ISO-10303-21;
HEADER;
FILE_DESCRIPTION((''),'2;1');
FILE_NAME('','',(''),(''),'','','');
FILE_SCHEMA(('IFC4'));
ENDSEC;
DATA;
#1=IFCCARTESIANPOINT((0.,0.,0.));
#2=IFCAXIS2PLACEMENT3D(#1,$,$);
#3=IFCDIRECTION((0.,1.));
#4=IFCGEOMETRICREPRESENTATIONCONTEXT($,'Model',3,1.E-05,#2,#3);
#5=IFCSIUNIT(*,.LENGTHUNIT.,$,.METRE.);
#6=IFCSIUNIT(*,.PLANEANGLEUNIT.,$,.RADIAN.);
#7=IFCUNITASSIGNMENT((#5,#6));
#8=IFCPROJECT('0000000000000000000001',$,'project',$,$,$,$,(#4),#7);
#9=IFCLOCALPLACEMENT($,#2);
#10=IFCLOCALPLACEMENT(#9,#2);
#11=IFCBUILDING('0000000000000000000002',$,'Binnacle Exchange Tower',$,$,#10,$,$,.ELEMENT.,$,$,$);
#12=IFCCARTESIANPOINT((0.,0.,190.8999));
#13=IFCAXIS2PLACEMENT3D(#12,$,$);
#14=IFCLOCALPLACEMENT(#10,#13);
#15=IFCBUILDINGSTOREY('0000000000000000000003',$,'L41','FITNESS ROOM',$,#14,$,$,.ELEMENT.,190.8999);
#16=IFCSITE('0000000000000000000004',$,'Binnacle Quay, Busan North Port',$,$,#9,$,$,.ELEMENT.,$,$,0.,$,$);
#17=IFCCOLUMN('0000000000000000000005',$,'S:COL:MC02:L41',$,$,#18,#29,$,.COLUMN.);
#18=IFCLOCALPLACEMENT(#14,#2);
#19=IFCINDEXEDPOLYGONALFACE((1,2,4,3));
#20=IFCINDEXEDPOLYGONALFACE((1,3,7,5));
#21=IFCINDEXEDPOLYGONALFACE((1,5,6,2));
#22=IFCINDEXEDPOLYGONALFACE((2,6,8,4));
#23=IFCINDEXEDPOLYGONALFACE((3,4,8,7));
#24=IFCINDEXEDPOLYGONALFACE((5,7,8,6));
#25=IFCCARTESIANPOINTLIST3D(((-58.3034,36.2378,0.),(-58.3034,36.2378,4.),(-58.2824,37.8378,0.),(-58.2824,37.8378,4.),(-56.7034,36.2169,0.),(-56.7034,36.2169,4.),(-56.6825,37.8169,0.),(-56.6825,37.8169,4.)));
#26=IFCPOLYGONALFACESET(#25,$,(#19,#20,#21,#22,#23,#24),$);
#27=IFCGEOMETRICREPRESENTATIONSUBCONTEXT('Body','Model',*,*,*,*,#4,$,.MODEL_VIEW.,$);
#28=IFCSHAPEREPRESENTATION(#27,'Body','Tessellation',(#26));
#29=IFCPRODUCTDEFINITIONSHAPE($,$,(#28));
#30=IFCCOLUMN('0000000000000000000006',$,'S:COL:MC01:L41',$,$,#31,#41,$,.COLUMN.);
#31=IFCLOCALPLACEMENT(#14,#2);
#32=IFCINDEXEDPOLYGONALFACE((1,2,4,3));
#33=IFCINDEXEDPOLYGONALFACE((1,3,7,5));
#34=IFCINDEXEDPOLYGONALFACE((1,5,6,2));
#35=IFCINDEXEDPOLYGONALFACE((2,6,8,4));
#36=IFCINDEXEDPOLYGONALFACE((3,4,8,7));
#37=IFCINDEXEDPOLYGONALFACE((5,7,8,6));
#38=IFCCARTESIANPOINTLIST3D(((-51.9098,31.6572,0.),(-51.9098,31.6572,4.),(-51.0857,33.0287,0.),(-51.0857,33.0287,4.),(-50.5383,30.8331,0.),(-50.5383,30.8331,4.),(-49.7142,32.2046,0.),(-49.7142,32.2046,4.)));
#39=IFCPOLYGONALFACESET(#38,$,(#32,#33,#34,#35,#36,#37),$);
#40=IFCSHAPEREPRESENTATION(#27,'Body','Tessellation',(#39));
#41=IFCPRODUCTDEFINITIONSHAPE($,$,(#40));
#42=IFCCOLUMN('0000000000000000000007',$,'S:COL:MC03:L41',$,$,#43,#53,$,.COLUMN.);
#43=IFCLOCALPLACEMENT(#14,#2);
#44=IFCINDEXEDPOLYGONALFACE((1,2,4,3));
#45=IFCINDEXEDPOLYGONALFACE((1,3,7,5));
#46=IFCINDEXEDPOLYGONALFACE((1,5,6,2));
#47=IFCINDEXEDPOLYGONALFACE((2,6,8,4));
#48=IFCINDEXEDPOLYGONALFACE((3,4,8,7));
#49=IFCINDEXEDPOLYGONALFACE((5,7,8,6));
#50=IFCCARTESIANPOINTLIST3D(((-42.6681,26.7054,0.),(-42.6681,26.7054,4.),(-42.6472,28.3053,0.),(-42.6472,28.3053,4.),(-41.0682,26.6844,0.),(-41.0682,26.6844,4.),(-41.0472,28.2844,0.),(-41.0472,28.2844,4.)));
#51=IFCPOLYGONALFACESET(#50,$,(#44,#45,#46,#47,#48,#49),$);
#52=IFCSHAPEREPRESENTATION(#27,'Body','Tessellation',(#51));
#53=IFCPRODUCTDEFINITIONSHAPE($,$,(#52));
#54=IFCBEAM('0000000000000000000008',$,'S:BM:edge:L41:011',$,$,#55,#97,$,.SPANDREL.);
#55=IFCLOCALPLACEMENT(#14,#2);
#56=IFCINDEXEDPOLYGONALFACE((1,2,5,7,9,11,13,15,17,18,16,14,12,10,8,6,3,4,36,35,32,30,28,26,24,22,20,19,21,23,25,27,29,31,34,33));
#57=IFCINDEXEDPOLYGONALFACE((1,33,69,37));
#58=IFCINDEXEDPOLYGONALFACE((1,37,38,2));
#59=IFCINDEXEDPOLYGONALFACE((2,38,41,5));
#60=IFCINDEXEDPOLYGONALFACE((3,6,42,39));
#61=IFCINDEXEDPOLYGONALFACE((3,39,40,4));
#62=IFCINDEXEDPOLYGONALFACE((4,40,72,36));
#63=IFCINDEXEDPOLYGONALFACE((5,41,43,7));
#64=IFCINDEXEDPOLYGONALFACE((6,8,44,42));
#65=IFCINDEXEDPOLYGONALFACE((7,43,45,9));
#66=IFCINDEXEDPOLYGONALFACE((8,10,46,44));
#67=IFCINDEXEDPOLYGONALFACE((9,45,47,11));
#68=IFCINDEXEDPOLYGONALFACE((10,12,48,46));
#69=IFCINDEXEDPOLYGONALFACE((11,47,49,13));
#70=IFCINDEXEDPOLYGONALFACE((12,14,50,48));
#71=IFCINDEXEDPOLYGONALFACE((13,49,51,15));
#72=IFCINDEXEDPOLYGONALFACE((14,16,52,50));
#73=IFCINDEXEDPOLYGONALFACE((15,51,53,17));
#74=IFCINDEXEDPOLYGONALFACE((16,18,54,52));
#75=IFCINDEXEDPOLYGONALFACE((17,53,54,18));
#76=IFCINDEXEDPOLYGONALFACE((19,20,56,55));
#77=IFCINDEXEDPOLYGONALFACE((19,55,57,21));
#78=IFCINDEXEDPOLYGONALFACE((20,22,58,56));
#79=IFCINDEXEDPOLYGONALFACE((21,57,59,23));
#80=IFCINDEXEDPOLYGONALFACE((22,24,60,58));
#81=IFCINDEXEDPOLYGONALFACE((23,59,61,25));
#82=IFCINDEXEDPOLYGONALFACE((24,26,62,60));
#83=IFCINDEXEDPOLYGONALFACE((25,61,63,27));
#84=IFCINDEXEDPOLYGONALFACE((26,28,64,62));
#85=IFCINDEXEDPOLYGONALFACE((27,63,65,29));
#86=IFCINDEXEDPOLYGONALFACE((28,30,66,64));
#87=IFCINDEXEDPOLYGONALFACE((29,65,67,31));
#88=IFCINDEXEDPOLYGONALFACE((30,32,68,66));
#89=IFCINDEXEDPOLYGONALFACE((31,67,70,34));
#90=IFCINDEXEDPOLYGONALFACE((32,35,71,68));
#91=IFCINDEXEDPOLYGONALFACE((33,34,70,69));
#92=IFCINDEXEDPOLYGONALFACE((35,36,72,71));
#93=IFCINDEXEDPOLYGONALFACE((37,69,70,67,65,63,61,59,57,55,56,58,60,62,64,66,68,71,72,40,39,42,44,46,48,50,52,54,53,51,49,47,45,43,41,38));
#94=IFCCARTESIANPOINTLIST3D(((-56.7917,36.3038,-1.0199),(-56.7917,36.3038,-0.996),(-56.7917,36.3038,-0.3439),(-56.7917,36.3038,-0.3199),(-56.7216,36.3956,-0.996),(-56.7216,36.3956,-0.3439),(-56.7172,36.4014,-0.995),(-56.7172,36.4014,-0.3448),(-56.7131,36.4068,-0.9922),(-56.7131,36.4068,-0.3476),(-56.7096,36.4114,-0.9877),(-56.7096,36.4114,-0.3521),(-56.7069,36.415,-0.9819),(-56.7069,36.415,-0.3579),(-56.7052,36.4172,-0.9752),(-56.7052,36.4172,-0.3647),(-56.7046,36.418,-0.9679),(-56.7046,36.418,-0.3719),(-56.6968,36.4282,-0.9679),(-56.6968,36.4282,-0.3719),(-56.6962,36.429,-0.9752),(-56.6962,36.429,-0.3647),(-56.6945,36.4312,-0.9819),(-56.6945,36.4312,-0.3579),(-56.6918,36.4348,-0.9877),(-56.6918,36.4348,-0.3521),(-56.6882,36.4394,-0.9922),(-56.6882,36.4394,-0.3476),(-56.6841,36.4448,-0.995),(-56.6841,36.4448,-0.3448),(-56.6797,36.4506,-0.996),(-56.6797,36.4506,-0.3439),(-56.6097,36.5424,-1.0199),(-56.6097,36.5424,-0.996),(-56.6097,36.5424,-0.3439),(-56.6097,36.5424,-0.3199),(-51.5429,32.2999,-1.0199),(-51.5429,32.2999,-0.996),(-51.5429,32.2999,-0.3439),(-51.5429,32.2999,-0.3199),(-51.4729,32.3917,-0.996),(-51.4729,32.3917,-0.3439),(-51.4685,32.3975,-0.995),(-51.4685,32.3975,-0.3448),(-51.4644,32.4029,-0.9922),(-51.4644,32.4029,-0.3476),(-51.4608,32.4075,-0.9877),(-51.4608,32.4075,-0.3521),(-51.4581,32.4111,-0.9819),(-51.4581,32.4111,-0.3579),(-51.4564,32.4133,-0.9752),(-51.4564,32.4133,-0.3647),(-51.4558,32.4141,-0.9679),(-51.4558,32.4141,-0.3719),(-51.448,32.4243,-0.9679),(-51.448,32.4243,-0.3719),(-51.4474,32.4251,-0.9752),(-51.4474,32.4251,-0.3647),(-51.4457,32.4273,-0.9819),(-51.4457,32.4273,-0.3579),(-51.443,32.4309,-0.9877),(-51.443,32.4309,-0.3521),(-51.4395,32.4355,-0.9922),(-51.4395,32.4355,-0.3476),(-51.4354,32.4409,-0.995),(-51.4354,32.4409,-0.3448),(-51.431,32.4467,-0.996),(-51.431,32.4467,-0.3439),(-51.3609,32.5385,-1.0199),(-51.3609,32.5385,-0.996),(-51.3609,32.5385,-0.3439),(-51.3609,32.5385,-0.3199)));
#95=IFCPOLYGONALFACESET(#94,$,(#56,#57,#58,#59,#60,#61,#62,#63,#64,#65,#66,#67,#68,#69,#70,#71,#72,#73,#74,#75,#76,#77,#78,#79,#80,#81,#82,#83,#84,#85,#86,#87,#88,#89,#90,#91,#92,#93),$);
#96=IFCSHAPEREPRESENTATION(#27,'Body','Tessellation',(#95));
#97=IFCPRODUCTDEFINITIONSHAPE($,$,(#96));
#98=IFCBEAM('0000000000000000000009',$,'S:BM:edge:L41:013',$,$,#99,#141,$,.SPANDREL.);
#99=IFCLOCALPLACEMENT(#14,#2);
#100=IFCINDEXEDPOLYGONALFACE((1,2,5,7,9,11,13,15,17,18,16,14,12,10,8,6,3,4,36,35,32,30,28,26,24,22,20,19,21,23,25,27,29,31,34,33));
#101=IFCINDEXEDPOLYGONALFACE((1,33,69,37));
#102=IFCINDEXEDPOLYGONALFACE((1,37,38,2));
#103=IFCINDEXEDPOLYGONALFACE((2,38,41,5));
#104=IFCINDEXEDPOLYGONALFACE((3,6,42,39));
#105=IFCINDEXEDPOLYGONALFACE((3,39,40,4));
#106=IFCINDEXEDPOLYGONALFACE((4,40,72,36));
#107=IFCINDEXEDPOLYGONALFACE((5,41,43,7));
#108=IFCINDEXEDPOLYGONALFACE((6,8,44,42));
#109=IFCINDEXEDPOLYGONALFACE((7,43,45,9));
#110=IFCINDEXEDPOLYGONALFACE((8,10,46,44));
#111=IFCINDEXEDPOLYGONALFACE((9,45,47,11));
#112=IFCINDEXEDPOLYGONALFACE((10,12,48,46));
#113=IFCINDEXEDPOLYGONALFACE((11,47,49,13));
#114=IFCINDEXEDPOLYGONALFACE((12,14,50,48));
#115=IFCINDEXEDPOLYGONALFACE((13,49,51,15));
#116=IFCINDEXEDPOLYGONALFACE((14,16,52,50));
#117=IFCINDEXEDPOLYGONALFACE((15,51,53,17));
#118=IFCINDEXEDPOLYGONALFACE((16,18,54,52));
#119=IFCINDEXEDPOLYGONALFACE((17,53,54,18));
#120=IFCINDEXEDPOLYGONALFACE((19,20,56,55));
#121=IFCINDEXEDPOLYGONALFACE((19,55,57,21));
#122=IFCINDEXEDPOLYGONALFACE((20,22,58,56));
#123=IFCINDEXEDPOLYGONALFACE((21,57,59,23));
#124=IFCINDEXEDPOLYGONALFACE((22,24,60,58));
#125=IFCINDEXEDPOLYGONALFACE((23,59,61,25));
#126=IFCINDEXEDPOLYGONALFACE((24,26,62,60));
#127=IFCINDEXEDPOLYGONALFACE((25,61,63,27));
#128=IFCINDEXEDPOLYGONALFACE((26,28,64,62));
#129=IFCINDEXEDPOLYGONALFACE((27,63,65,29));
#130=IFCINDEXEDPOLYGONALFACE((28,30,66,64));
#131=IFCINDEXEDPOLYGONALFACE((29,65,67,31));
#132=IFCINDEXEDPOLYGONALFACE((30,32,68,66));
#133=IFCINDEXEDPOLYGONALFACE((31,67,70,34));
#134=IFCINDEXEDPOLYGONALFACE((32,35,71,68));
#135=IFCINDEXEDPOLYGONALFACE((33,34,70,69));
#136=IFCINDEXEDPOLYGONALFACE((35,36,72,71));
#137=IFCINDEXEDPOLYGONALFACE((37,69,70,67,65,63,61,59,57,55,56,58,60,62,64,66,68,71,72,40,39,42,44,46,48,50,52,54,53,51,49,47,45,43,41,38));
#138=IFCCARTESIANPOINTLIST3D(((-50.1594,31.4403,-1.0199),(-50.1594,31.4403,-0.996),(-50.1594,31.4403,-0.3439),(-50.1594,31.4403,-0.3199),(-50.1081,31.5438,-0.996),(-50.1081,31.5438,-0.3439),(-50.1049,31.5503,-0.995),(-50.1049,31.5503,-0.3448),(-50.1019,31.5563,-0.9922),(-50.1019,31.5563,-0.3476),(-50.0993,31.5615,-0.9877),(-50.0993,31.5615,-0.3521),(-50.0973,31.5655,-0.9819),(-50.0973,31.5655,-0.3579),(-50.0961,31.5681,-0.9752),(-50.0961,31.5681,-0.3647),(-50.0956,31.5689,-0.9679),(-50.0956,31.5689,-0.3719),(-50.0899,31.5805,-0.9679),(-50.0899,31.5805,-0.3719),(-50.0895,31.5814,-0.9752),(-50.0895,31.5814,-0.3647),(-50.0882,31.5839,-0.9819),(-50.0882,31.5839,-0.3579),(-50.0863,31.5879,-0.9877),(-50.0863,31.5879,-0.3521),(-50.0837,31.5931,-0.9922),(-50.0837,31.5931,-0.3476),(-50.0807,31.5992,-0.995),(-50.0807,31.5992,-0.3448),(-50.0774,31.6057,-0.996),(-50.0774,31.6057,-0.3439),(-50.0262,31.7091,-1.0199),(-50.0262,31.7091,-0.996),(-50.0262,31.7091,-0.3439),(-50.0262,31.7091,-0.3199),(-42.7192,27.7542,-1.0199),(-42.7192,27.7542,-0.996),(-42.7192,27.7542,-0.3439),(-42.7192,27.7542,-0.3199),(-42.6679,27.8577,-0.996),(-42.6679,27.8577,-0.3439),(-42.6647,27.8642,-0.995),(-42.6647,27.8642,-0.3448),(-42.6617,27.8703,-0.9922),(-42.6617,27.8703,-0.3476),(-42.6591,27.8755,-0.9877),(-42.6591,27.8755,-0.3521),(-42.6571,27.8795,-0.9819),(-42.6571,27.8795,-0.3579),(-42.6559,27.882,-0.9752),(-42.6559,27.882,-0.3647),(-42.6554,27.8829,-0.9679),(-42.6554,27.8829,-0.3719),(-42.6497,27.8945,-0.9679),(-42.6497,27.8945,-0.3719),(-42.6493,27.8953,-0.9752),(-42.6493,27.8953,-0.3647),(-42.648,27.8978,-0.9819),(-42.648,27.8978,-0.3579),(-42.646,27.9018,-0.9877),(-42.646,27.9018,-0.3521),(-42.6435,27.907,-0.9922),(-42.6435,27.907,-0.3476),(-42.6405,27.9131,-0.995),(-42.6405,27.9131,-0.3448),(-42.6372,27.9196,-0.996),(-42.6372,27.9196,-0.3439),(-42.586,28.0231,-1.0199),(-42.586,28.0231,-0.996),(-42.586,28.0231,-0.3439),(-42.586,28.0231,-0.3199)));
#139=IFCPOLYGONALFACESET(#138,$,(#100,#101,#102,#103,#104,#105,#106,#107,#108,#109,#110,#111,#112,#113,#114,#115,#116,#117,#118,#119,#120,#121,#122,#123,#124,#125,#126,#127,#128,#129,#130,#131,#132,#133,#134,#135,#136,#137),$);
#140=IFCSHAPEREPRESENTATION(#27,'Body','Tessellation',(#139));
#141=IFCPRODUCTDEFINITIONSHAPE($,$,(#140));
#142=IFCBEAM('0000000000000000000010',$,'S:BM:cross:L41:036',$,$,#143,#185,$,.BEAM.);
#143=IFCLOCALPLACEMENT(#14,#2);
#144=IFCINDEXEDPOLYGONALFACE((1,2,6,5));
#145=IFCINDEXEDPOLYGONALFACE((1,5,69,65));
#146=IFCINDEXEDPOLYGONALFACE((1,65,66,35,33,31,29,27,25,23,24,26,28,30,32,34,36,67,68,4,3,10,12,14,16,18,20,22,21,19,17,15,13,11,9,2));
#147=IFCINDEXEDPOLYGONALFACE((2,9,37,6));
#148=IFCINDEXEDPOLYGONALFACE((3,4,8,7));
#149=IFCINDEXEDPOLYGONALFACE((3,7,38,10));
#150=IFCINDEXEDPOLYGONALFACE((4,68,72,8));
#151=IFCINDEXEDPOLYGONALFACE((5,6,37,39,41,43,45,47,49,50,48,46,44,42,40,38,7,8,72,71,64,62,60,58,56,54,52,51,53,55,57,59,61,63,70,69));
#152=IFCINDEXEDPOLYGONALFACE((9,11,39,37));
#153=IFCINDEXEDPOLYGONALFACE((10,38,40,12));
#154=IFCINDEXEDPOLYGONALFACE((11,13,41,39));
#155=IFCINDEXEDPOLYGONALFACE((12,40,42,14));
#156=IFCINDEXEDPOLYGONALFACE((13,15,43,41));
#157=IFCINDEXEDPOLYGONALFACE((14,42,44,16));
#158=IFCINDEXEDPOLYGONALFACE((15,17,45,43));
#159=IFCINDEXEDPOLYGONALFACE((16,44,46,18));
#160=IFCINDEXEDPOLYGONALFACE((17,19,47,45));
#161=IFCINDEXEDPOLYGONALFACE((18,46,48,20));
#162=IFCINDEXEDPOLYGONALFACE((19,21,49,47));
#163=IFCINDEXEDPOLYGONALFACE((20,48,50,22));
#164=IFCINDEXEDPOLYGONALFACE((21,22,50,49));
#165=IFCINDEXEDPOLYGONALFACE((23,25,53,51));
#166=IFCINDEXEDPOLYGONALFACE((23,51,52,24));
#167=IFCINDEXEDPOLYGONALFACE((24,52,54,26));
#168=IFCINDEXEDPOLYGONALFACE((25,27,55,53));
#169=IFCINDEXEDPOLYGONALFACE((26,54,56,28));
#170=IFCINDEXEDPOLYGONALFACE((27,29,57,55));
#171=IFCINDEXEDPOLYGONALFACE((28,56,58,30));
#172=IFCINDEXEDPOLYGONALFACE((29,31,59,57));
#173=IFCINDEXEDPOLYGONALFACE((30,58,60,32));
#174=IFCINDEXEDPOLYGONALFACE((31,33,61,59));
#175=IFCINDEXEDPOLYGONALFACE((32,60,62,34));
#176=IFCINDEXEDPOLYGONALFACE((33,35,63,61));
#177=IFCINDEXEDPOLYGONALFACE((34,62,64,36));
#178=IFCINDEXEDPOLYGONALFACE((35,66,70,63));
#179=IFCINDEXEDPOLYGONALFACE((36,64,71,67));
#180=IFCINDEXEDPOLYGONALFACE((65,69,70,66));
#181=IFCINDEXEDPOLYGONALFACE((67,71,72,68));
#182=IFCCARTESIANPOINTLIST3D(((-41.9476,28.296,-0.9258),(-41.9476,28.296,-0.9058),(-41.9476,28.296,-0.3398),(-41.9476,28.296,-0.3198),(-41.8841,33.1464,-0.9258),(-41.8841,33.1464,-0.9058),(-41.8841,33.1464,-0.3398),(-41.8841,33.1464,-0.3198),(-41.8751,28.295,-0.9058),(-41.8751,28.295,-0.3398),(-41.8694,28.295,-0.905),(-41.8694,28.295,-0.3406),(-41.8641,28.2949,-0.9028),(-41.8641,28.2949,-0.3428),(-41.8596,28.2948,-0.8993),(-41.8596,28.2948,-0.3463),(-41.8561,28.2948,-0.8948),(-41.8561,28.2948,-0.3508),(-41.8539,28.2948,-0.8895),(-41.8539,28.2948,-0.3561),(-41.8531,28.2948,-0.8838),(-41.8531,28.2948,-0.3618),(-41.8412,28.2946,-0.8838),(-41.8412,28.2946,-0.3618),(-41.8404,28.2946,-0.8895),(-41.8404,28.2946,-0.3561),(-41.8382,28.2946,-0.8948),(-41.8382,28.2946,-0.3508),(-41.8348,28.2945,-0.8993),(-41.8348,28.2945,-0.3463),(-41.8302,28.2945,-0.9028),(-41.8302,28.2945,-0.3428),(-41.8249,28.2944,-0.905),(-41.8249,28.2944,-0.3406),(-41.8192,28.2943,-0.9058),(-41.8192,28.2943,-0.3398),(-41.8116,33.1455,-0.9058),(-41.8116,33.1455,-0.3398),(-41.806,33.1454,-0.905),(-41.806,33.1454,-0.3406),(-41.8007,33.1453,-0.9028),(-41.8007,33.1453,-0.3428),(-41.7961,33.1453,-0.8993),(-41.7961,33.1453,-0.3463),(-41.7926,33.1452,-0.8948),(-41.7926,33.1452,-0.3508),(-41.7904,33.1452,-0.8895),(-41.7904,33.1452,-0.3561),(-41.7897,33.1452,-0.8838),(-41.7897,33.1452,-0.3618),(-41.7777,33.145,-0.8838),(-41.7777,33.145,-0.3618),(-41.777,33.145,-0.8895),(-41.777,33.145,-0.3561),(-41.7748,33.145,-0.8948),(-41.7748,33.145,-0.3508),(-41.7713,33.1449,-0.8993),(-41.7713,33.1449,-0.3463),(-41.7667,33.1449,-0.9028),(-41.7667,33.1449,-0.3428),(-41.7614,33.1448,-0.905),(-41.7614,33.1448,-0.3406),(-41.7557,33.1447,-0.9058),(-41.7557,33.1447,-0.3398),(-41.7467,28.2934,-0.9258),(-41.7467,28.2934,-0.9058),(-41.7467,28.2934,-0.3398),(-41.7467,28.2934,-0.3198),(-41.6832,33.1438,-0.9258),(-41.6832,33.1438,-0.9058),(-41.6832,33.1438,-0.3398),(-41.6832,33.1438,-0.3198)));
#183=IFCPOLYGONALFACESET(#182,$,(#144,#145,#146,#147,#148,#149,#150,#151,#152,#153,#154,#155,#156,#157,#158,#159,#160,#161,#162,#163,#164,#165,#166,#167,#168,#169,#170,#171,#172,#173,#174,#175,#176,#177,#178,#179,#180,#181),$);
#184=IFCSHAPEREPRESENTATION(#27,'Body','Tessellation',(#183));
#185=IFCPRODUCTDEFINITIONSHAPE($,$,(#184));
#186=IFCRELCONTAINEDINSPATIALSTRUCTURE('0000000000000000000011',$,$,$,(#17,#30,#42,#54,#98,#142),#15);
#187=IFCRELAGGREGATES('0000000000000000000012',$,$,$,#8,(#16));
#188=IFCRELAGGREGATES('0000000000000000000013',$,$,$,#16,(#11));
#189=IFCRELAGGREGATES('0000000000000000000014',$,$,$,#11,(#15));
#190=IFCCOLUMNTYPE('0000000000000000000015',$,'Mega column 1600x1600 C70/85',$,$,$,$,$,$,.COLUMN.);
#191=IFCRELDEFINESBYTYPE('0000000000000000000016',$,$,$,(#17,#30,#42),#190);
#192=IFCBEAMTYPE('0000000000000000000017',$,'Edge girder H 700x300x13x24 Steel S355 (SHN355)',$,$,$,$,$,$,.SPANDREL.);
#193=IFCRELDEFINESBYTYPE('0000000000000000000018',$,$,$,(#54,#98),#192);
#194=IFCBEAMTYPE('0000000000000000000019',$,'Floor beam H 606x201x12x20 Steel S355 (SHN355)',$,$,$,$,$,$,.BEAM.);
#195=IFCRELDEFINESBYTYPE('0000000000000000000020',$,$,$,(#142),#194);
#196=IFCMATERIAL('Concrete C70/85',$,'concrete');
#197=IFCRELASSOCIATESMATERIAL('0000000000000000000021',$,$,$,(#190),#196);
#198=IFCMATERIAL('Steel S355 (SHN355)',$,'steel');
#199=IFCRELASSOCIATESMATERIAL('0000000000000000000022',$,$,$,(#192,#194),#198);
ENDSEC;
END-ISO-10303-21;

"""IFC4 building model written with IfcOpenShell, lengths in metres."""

from ifc_helpers import new_model, si_unit, direction, frame, origin, origin_2d, place, context, subcontext, project, spatial, rectangle, i_section, extrude, material, material_profile, profile_set, type_object, element, save


model = new_model("IFC4")

# Units and contexts
model_context = context("Model", 3, precision=1e-05, world=origin(), true_north=direction((0.0, 1.0)))
body_context = subcontext(model_context, "Body", "Model", "MODEL_VIEW")
ifc_project = project(units=[si_unit("LENGTHUNIT", "METRE"), si_unit("PLANEANGLEUNIT", "RADIAN")], contexts=[model_context])

# Site, building, storey
site_placement = place(None, origin())
site = spatial("IfcSite", under=ifc_project, at=site_placement, Name="Binnacle Quay, Busan North Port", CompositionType="ELEMENT", RefElevation=0.0)
building_placement = place(site_placement, origin())
building = spatial("IfcBuilding", under=site, at=building_placement, Name="Binnacle Exchange Tower", CompositionType="ELEMENT")
storey_placement = place(building_placement, frame((0.0, 0.0, 190.8999)))
storey = spatial("IfcBuildingStorey", under=building, at=storey_placement, Name="L41", Description="FITNESS ROOM", CompositionType="ELEMENT", Elevation=190.8999)

# Columns
ifc_material_1 = material(Name="Concrete C70/85", Category="concrete")
ifc_material_profile_1 = material_profile(ifc_material_1, rectangle(XDim=1.6001, YDim=1.6001, at=origin_2d()), Name="Mega column 1600x1600 C70/85")
ifc_profile_set_1 = profile_set([ifc_material_profile_1], Name="Concrete C70/85")
column_type = type_object("IfcColumnType", Name="Mega column 1600x1600 C70/85", PredefinedType="COLUMN", material=ifc_profile_set_1)
for number, where, z_axis, x_axis, name in (
    (1, (-57.4929, 37.0273, 0.0), (0.0, 0.0, 1.0), (-0.01309, -0.999914, 0.0), "S:COL:MC02:L41"),
    (2, (-50.812, 31.9309, 0.0), (0.0, 0.0, 1.0), (0.857167, -0.515038, 0.0), "S:COL:MC01:L41"),
    (3, (-41.8577, 27.4949, 0.0), (0.0, 0.0, 1.0), (0.999914, -0.01309, 0.0), "S:COL:MC03:L41"),
):
    element("IfcColumn", number, at=place(storey_placement, frame(where, z_axis=z_axis, x_axis=x_axis)), inside=storey, type_object=column_type, Name=name, PredefinedType="COLUMN", context=body_context, shape_type="SweptSolid", body=[
        extrude(rectangle(XDim=1.6001, YDim=1.6001, at=origin_2d()), origin(), (0.0, 0.0, 1.0), 4.0),
    ])

# Beams
ifc_material_2 = material(Name="Steel S355 (SHN355)", Category="steel")
ifc_material_profile_2 = material_profile(ifc_material_2, i_section(OverallWidth=0.3, OverallDepth=0.7, WebThickness=0.0129, FlangeThickness=0.0239, FilletRadius=0.0281, at=origin_2d()), Name="H 700x300x13x24")
ifc_profile_set_2 = profile_set([ifc_material_profile_2], Name="Steel S355 (SHN355)")
beam_type_1 = type_object("IfcBeamType", Name="Edge girder H 700x300x13x24 Steel S355 (SHN355)", PredefinedType="SPANDREL", material=ifc_profile_set_2)
beam_1_placement = place(storey_placement, frame((-56.7007, 36.4231, -0.6699), z_axis=(0.795078, -0.606507, 0.0), x_axis=(0.606507, 0.795078, 0.0)))
element("IfcBeam", 4, at=beam_1_placement, inside=storey, type_object=beam_type_1, Name="S:BM:edge:L41:011", PredefinedType="SPANDREL", context=body_context, shape_type="SweptSolid", body=[
    extrude(i_section(OverallWidth=0.3, OverallDepth=0.7, WebThickness=0.0129, FlangeThickness=0.0239, FilletRadius=0.0281, at=origin_2d()), origin(), (0.0, 0.0, 1.0), 6.6016),
])
beam_2_placement = place(storey_placement, frame((-50.0928, 31.5747, -0.6699), z_axis=(0.896062, -0.443929, 0.0), x_axis=(0.443929, 0.896062, 0.0)))
element("IfcBeam", 5, at=beam_2_placement, inside=storey, type_object=beam_type_1, Name="S:BM:edge:L41:013", PredefinedType="SPANDREL", context=body_context, shape_type="SweptSolid", body=[
    extrude(i_section(OverallWidth=0.3, OverallDepth=0.7, WebThickness=0.0129, FlangeThickness=0.0239, FilletRadius=0.0281, at=origin_2d()), origin(), (0.0, 0.0, 1.0), 8.3032),
])
ifc_material_profile_3 = material_profile(ifc_material_2, i_section(OverallWidth=0.2009, OverallDepth=0.606, WebThickness=0.012, FlangeThickness=0.02, FilletRadius=0.022, at=origin_2d()), Name="H 606x201x12x20")
ifc_profile_set_3 = profile_set([ifc_material_profile_3], Name="Steel S355 (SHN355)")
beam_type_2 = type_object("IfcBeamType", Name="Floor beam H 606x201x12x20 Steel S355 (SHN355)", PredefinedType="BEAM", material=ifc_profile_set_3)
beam_3_placement = place(storey_placement, frame((-41.8472, 28.2947, -0.6228), z_axis=(0.013086, 0.999914, 0.0), x_axis=(-0.999914, 0.013086, 0.0)))
element("IfcBeam", 6, at=beam_3_placement, inside=storey, type_object=beam_type_2, Name="S:BM:cross:L41:036", PredefinedType="BEAM", context=body_context, shape_type="SweptSolid", body=[
    extrude(i_section(OverallWidth=0.2009, OverallDepth=0.606, WebThickness=0.012, FlangeThickness=0.02, FilletRadius=0.022, at=origin_2d()), origin(), (0.0, 0.0, 1.0), 4.8508),
])

save(model, "model.ifc")
